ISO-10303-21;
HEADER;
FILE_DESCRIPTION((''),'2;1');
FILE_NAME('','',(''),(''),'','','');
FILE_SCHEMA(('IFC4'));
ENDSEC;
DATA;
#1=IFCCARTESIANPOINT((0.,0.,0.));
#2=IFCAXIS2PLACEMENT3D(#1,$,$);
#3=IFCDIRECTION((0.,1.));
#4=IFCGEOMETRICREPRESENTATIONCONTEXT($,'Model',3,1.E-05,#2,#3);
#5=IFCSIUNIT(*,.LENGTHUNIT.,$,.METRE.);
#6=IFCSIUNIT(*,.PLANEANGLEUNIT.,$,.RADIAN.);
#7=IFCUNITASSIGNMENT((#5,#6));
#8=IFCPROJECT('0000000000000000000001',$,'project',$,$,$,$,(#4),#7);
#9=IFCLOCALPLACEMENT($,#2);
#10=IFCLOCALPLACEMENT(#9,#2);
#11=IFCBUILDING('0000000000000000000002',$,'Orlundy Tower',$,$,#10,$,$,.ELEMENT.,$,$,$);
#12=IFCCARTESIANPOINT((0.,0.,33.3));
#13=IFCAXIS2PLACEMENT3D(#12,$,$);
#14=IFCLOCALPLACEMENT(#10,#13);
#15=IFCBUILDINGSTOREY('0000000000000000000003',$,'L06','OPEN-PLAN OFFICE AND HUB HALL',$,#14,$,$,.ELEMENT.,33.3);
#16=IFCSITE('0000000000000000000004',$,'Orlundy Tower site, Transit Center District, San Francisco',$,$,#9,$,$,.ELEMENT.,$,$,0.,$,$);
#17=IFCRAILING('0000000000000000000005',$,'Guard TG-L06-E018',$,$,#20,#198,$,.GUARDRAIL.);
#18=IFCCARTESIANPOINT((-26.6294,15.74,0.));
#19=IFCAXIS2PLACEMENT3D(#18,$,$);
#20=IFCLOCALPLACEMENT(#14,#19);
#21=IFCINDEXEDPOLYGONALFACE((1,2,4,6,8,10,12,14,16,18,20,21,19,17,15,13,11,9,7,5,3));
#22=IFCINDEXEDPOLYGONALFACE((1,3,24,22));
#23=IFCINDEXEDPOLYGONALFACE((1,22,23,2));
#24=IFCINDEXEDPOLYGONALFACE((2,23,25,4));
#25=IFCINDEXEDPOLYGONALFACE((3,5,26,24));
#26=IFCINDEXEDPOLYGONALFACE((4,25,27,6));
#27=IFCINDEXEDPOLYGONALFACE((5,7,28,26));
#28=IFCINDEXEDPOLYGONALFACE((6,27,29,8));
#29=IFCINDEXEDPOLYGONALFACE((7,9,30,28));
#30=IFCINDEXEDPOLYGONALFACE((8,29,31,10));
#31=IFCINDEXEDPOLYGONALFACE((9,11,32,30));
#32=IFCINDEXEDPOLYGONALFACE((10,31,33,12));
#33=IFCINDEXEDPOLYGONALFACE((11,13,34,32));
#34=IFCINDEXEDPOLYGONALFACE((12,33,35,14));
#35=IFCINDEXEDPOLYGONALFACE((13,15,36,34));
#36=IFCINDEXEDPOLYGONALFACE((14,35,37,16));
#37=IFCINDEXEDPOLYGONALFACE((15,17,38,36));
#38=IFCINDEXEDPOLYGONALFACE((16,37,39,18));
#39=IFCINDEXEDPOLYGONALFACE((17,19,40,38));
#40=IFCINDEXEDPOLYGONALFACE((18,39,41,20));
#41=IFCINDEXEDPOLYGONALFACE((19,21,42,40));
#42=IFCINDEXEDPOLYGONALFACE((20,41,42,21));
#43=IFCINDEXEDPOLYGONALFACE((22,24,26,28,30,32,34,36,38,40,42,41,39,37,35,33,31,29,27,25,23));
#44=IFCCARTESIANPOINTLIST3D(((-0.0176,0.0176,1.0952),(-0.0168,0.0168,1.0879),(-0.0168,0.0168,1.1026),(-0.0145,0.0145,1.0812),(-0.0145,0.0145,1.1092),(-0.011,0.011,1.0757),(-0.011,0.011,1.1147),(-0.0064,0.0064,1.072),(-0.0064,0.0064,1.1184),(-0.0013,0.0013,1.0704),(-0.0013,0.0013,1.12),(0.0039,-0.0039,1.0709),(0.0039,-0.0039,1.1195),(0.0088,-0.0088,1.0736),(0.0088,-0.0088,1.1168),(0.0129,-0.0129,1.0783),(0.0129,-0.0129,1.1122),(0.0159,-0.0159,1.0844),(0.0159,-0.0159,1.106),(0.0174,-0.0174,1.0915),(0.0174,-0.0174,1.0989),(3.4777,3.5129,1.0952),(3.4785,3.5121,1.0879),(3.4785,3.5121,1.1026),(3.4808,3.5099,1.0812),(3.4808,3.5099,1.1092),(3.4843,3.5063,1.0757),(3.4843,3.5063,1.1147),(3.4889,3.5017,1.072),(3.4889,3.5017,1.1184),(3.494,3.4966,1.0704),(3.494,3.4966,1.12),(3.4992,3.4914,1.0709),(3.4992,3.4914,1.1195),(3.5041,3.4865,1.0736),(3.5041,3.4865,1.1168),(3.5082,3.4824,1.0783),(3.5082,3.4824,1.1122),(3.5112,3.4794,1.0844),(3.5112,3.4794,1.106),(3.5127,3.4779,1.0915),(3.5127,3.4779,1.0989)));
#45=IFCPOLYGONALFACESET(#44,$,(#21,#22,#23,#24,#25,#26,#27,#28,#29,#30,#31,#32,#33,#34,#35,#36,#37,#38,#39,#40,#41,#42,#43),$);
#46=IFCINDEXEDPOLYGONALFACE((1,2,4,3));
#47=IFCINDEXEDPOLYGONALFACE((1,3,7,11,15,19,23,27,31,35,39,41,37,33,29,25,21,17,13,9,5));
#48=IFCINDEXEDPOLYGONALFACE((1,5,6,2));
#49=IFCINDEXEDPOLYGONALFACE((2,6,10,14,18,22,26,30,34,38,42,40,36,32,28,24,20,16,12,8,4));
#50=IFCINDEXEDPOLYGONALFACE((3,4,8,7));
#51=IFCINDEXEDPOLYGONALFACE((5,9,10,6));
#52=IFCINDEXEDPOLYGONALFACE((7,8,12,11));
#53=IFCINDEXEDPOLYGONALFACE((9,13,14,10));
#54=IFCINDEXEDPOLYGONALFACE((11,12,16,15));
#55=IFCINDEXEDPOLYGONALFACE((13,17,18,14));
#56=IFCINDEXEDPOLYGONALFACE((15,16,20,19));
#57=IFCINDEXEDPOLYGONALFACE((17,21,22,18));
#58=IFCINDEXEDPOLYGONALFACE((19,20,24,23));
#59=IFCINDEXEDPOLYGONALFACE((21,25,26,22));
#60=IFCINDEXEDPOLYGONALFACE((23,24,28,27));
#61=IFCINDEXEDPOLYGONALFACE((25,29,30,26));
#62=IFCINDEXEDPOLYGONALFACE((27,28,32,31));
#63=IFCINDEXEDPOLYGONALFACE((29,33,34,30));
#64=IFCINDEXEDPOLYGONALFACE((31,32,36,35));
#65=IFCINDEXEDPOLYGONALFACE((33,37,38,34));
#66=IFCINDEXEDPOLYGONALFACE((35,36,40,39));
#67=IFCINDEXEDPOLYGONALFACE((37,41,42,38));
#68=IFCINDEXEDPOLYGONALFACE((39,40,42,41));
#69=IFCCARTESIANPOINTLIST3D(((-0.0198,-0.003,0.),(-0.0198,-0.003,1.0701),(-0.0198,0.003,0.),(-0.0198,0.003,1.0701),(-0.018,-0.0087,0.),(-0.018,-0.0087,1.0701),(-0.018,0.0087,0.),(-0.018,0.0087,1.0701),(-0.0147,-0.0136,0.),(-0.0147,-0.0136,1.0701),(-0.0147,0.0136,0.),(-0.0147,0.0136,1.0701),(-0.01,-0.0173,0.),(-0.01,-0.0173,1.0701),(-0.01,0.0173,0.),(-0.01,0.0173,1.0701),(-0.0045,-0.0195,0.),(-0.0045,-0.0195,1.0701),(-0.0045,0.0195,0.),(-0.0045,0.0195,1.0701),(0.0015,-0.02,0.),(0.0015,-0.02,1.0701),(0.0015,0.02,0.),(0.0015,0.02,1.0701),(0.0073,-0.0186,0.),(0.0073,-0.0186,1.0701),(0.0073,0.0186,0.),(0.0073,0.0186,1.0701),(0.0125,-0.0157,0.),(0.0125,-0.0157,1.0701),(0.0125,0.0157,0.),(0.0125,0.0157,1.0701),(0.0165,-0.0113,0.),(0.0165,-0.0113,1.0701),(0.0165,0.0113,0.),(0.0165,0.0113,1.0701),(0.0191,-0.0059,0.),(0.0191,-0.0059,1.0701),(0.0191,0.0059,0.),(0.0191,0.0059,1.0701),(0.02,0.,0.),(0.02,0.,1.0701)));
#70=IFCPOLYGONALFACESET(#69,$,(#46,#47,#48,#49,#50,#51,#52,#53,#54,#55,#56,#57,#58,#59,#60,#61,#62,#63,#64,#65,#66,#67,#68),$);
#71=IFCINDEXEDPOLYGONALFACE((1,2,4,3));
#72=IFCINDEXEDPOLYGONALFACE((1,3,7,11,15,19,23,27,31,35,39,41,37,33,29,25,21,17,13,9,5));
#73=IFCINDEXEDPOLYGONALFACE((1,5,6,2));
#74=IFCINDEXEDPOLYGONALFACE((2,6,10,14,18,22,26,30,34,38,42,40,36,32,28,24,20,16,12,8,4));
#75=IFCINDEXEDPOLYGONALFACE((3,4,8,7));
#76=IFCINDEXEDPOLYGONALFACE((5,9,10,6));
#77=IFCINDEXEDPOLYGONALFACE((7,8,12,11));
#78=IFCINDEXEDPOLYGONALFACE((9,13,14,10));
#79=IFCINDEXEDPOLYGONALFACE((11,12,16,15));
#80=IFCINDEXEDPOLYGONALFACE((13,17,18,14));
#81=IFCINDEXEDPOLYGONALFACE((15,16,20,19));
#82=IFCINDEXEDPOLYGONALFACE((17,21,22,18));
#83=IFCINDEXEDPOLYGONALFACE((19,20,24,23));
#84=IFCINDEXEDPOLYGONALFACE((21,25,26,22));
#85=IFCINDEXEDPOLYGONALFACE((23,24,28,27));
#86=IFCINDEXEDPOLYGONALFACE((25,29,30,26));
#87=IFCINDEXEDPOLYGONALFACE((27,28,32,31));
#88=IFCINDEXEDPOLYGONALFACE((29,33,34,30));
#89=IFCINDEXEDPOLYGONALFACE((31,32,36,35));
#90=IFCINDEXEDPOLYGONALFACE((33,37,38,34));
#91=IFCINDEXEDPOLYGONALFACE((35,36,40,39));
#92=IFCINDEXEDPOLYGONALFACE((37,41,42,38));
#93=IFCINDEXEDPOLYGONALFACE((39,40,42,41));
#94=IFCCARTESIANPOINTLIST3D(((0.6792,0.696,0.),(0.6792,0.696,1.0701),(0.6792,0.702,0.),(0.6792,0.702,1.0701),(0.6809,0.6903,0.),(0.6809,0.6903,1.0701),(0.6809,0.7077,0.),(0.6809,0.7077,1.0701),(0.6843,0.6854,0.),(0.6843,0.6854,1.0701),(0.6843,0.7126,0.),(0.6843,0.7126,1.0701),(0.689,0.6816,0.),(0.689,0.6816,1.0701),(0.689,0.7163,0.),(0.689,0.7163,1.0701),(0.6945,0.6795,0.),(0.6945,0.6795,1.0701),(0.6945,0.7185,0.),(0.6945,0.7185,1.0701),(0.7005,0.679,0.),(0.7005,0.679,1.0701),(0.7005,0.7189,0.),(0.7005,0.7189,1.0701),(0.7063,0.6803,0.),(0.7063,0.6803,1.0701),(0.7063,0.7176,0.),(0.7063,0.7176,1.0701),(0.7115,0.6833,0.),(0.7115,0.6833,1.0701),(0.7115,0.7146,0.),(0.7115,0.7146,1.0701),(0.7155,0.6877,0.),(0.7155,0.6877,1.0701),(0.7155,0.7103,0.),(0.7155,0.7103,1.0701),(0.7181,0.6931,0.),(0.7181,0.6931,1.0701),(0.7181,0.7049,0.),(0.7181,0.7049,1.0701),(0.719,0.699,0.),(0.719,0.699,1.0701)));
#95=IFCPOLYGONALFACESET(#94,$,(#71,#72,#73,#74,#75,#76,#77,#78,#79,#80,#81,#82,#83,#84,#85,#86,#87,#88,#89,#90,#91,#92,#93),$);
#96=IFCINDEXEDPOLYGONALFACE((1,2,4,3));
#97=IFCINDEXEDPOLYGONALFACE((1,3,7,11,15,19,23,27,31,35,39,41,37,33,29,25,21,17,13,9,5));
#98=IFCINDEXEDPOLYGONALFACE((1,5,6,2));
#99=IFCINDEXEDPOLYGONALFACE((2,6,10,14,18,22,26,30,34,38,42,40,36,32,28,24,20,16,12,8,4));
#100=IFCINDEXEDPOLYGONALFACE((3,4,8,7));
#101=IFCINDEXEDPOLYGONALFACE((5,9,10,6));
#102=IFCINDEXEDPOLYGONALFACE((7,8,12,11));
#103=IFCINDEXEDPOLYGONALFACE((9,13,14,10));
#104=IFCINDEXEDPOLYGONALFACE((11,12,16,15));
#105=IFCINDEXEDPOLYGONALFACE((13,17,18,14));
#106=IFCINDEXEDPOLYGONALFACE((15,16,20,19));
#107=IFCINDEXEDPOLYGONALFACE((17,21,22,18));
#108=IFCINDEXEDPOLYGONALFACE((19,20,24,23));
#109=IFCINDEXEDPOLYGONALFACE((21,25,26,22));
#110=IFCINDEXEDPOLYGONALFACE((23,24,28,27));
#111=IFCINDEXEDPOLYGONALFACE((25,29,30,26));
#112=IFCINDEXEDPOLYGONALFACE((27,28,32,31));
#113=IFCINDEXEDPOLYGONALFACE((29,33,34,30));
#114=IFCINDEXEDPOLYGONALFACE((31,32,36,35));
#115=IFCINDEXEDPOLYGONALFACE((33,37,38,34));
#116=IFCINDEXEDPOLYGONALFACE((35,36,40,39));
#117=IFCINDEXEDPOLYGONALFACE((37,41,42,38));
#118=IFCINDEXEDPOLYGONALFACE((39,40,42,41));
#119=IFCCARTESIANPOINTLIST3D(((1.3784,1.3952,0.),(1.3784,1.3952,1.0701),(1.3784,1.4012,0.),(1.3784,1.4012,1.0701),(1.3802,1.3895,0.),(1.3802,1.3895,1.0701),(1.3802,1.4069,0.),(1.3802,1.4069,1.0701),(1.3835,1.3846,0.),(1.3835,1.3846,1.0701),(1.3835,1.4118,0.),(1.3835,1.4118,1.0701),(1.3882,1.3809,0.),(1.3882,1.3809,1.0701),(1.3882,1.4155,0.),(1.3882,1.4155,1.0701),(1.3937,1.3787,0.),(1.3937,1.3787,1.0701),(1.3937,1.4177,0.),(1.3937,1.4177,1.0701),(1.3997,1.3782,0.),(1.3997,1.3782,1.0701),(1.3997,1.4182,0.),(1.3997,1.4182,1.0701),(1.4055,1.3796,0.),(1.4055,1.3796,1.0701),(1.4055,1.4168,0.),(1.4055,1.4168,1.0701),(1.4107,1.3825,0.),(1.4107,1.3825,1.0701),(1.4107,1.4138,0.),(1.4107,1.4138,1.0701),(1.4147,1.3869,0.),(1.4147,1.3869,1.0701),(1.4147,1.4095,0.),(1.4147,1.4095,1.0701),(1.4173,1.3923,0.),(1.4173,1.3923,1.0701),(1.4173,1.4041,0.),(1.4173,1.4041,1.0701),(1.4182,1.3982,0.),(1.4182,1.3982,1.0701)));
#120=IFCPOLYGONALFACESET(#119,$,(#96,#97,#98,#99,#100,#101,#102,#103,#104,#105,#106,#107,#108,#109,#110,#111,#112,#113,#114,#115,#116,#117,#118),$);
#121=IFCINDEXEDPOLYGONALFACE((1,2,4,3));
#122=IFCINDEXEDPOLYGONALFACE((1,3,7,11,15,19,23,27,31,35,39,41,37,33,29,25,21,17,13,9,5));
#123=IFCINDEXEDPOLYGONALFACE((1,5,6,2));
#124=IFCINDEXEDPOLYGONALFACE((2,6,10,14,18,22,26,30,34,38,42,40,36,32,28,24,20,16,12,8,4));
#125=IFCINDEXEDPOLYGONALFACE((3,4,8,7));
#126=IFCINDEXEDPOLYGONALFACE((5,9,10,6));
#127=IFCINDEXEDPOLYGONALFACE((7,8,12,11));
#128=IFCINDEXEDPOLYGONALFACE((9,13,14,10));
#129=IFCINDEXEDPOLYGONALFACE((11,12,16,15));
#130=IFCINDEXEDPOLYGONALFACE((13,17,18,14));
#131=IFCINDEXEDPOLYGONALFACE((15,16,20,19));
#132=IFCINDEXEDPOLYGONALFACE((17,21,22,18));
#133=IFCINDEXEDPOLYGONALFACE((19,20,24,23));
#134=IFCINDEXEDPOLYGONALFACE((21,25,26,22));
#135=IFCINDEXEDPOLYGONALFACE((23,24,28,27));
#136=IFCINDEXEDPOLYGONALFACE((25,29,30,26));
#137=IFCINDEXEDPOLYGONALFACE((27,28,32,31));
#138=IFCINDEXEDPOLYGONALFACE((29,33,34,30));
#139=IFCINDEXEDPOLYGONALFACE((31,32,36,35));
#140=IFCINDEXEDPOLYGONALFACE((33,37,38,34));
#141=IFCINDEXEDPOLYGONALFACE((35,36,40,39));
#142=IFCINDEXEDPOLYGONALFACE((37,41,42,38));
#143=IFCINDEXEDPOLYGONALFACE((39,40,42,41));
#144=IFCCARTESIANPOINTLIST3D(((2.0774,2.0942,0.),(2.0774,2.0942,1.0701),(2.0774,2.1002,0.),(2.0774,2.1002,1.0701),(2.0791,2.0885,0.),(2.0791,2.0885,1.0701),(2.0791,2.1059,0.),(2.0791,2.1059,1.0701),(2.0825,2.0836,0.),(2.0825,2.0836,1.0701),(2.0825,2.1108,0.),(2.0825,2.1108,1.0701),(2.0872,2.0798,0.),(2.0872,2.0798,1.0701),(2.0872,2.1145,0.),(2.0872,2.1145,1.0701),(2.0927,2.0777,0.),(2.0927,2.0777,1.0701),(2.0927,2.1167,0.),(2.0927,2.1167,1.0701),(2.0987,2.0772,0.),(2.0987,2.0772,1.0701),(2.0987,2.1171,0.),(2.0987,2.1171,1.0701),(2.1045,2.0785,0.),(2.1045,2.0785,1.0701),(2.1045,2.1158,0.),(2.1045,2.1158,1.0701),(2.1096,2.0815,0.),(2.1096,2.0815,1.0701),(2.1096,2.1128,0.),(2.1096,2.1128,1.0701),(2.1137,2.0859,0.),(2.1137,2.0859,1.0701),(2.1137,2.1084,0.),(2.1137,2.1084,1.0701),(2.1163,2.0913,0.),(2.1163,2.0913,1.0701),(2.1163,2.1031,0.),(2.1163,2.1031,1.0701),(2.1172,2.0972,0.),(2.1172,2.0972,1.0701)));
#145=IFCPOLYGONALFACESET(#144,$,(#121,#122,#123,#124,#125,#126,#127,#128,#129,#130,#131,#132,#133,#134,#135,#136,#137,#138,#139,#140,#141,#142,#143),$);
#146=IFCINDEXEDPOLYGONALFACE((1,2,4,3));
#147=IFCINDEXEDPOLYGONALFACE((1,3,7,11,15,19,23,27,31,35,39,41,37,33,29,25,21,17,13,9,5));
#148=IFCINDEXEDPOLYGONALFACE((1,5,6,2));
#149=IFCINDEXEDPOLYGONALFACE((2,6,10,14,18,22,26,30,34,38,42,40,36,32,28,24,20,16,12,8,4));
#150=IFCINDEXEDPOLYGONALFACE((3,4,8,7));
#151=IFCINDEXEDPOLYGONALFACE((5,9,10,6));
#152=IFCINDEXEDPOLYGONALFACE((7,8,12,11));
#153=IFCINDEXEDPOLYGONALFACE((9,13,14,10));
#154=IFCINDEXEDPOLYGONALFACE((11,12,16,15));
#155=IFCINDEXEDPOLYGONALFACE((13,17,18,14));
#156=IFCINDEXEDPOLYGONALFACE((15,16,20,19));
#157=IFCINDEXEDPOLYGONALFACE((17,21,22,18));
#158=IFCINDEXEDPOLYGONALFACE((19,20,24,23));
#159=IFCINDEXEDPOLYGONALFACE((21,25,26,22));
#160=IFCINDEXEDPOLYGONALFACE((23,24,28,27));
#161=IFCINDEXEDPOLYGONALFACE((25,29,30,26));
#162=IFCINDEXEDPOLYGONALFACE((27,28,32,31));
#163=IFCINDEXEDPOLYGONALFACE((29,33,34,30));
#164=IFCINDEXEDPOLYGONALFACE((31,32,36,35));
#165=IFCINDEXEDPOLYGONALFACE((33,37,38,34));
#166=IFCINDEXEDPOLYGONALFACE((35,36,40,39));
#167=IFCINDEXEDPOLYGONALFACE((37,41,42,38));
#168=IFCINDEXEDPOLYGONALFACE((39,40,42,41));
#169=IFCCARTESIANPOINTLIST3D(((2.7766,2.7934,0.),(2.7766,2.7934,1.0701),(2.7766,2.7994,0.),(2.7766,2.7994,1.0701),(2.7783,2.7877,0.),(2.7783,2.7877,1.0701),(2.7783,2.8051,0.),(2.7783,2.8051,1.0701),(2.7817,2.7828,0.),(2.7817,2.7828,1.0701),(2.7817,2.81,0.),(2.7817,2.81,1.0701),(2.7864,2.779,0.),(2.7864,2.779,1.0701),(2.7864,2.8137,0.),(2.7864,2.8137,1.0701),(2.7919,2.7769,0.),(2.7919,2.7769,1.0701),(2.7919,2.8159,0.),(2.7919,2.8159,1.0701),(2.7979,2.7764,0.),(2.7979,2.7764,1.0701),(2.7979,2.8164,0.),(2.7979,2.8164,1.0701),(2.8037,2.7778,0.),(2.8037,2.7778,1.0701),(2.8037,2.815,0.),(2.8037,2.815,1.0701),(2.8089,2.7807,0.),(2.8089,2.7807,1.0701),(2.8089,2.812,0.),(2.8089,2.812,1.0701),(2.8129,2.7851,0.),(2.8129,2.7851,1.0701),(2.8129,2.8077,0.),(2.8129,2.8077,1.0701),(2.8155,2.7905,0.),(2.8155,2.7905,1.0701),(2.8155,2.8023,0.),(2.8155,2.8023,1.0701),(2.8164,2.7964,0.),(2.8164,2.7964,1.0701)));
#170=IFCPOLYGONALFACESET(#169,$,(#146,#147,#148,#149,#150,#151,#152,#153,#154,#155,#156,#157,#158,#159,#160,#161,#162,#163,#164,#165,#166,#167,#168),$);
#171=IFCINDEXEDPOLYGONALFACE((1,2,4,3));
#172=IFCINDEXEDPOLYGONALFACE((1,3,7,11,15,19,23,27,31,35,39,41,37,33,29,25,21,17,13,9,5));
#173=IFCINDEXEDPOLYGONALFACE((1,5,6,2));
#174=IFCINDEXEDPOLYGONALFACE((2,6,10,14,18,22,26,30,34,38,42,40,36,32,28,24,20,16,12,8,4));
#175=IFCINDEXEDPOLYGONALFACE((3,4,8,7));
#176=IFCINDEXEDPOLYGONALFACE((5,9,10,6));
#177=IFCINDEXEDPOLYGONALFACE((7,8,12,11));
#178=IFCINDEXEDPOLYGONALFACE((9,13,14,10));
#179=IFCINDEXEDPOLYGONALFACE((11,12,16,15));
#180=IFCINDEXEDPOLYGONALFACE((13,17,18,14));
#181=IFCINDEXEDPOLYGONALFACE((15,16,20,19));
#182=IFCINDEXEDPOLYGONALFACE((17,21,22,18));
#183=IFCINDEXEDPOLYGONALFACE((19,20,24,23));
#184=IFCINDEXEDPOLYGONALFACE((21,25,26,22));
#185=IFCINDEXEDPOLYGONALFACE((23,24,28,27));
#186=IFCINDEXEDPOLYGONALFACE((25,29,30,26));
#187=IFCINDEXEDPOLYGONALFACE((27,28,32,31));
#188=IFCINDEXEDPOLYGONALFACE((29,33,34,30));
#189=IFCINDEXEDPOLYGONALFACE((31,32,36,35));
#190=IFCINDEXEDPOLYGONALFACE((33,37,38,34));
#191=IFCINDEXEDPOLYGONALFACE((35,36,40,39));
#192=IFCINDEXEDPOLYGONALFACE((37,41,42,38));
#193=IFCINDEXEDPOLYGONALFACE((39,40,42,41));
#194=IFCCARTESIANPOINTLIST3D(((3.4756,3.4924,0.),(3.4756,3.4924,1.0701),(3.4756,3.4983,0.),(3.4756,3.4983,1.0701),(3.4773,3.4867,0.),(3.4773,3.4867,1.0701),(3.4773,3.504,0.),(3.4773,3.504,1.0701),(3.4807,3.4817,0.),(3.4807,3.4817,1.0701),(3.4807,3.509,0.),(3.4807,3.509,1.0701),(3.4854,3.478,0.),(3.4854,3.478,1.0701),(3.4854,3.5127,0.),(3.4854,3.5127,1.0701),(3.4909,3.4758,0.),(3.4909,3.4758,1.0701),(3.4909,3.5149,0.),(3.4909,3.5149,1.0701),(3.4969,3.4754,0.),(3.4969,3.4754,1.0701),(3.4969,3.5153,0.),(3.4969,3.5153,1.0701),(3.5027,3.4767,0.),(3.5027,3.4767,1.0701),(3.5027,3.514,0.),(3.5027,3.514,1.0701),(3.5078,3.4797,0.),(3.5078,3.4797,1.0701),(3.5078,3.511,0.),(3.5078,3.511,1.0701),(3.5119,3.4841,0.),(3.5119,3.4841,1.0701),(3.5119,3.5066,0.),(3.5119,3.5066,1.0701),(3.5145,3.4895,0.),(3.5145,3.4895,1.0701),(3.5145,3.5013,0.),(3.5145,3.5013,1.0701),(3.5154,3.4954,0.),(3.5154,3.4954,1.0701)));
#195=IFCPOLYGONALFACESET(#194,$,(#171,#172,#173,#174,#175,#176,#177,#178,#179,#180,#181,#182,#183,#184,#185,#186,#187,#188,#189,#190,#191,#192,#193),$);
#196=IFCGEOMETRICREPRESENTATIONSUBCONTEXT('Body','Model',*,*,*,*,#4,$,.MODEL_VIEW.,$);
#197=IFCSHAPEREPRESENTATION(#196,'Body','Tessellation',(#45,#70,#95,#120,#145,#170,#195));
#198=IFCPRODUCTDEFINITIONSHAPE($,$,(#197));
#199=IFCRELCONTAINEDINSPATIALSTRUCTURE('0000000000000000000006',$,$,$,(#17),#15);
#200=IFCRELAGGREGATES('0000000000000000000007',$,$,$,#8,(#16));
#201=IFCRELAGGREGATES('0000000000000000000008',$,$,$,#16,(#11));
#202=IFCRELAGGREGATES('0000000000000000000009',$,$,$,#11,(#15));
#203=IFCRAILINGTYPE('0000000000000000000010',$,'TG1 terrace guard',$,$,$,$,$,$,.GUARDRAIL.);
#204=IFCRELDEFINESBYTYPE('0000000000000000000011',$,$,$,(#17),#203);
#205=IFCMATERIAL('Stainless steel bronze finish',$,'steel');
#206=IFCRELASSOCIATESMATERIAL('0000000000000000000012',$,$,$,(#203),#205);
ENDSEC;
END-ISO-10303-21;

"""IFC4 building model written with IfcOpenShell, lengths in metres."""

from ifc_helpers import new_model, si_unit, direction, frame, origin, origin_2d, place, context, subcontext, project, spatial, circle, extrude, material, type_object, element, save


model = new_model("IFC4")

# Units and contexts
model_context = context("Model", 3, precision=1e-05, world=origin(), true_north=direction((0.0, 1.0)))
body_context = subcontext(model_context, "Body", "Model", "MODEL_VIEW")
ifc_project = project(units=[si_unit("LENGTHUNIT", "METRE"), si_unit("PLANEANGLEUNIT", "RADIAN")], contexts=[model_context])

# Site, building, storey
site_placement = place(None, origin())
site = spatial("IfcSite", under=ifc_project, at=site_placement, Name="Orlundy Tower site, Transit Center District, San Francisco", CompositionType="ELEMENT", RefElevation=0.0)
building_placement = place(site_placement, origin())
building = spatial("IfcBuilding", under=site, at=building_placement, Name="Orlundy Tower", CompositionType="ELEMENT")
storey_placement = place(building_placement, frame((0.0, 0.0, 33.3)))
storey = spatial("IfcBuildingStorey", under=building, at=storey_placement, Name="L06", Description="OPEN-PLAN OFFICE AND HUB HALL", CompositionType="ELEMENT", Elevation=33.3)

# Railing
ifc_material_1 = material(Name="Stainless steel bronze finish", Category="steel")
railing_type = type_object("IfcRailingType", Name="TG1 terrace guard", PredefinedType="GUARDRAIL", material=ifc_material_1)
railing_1_placement = place(storey_placement, frame((-26.6294, 15.74, 0.0)))
element("IfcRailing", 1, at=railing_1_placement, inside=storey, type_object=railing_type, Name="Guard TG-L06-E018", PredefinedType="GUARDRAIL", context=body_context, shape_type="SweptSolid", body=[
    extrude(circle(Radius=0.0249, at=origin_2d()), frame((0.0, 0.0, 1.0952), z_axis=(0.707107, 0.707107, 0.0), x_axis=(-0.707107, 0.707107, 0.0)), (0.0, 0.0, 1.0), 4.9431),
    extrude(circle(Radius=0.02, at=origin_2d()), origin(), (0.0, 0.0, 1.0), 1.0701),
    extrude(circle(Radius=0.02, at=origin_2d()), frame((0.699, 0.699, 0.0)), (0.0, 0.0, 1.0), 1.0701),
    extrude(circle(Radius=0.02, at=origin_2d()), frame((1.3982, 1.3982, 0.0)), (0.0, 0.0, 1.0), 1.0701),
    extrude(circle(Radius=0.02, at=origin_2d()), frame((2.0972, 2.0972, 0.0)), (0.0, 0.0, 1.0), 1.0701),
    extrude(circle(Radius=0.02, at=origin_2d()), frame((2.7964, 2.7964, 0.0)), (0.0, 0.0, 1.0), 1.0701),
    extrude(circle(Radius=0.02, at=origin_2d()), frame((3.4954, 3.4954, 0.0)), (0.0, 0.0, 1.0), 1.0701),
])

save(model, "model.ifc")
